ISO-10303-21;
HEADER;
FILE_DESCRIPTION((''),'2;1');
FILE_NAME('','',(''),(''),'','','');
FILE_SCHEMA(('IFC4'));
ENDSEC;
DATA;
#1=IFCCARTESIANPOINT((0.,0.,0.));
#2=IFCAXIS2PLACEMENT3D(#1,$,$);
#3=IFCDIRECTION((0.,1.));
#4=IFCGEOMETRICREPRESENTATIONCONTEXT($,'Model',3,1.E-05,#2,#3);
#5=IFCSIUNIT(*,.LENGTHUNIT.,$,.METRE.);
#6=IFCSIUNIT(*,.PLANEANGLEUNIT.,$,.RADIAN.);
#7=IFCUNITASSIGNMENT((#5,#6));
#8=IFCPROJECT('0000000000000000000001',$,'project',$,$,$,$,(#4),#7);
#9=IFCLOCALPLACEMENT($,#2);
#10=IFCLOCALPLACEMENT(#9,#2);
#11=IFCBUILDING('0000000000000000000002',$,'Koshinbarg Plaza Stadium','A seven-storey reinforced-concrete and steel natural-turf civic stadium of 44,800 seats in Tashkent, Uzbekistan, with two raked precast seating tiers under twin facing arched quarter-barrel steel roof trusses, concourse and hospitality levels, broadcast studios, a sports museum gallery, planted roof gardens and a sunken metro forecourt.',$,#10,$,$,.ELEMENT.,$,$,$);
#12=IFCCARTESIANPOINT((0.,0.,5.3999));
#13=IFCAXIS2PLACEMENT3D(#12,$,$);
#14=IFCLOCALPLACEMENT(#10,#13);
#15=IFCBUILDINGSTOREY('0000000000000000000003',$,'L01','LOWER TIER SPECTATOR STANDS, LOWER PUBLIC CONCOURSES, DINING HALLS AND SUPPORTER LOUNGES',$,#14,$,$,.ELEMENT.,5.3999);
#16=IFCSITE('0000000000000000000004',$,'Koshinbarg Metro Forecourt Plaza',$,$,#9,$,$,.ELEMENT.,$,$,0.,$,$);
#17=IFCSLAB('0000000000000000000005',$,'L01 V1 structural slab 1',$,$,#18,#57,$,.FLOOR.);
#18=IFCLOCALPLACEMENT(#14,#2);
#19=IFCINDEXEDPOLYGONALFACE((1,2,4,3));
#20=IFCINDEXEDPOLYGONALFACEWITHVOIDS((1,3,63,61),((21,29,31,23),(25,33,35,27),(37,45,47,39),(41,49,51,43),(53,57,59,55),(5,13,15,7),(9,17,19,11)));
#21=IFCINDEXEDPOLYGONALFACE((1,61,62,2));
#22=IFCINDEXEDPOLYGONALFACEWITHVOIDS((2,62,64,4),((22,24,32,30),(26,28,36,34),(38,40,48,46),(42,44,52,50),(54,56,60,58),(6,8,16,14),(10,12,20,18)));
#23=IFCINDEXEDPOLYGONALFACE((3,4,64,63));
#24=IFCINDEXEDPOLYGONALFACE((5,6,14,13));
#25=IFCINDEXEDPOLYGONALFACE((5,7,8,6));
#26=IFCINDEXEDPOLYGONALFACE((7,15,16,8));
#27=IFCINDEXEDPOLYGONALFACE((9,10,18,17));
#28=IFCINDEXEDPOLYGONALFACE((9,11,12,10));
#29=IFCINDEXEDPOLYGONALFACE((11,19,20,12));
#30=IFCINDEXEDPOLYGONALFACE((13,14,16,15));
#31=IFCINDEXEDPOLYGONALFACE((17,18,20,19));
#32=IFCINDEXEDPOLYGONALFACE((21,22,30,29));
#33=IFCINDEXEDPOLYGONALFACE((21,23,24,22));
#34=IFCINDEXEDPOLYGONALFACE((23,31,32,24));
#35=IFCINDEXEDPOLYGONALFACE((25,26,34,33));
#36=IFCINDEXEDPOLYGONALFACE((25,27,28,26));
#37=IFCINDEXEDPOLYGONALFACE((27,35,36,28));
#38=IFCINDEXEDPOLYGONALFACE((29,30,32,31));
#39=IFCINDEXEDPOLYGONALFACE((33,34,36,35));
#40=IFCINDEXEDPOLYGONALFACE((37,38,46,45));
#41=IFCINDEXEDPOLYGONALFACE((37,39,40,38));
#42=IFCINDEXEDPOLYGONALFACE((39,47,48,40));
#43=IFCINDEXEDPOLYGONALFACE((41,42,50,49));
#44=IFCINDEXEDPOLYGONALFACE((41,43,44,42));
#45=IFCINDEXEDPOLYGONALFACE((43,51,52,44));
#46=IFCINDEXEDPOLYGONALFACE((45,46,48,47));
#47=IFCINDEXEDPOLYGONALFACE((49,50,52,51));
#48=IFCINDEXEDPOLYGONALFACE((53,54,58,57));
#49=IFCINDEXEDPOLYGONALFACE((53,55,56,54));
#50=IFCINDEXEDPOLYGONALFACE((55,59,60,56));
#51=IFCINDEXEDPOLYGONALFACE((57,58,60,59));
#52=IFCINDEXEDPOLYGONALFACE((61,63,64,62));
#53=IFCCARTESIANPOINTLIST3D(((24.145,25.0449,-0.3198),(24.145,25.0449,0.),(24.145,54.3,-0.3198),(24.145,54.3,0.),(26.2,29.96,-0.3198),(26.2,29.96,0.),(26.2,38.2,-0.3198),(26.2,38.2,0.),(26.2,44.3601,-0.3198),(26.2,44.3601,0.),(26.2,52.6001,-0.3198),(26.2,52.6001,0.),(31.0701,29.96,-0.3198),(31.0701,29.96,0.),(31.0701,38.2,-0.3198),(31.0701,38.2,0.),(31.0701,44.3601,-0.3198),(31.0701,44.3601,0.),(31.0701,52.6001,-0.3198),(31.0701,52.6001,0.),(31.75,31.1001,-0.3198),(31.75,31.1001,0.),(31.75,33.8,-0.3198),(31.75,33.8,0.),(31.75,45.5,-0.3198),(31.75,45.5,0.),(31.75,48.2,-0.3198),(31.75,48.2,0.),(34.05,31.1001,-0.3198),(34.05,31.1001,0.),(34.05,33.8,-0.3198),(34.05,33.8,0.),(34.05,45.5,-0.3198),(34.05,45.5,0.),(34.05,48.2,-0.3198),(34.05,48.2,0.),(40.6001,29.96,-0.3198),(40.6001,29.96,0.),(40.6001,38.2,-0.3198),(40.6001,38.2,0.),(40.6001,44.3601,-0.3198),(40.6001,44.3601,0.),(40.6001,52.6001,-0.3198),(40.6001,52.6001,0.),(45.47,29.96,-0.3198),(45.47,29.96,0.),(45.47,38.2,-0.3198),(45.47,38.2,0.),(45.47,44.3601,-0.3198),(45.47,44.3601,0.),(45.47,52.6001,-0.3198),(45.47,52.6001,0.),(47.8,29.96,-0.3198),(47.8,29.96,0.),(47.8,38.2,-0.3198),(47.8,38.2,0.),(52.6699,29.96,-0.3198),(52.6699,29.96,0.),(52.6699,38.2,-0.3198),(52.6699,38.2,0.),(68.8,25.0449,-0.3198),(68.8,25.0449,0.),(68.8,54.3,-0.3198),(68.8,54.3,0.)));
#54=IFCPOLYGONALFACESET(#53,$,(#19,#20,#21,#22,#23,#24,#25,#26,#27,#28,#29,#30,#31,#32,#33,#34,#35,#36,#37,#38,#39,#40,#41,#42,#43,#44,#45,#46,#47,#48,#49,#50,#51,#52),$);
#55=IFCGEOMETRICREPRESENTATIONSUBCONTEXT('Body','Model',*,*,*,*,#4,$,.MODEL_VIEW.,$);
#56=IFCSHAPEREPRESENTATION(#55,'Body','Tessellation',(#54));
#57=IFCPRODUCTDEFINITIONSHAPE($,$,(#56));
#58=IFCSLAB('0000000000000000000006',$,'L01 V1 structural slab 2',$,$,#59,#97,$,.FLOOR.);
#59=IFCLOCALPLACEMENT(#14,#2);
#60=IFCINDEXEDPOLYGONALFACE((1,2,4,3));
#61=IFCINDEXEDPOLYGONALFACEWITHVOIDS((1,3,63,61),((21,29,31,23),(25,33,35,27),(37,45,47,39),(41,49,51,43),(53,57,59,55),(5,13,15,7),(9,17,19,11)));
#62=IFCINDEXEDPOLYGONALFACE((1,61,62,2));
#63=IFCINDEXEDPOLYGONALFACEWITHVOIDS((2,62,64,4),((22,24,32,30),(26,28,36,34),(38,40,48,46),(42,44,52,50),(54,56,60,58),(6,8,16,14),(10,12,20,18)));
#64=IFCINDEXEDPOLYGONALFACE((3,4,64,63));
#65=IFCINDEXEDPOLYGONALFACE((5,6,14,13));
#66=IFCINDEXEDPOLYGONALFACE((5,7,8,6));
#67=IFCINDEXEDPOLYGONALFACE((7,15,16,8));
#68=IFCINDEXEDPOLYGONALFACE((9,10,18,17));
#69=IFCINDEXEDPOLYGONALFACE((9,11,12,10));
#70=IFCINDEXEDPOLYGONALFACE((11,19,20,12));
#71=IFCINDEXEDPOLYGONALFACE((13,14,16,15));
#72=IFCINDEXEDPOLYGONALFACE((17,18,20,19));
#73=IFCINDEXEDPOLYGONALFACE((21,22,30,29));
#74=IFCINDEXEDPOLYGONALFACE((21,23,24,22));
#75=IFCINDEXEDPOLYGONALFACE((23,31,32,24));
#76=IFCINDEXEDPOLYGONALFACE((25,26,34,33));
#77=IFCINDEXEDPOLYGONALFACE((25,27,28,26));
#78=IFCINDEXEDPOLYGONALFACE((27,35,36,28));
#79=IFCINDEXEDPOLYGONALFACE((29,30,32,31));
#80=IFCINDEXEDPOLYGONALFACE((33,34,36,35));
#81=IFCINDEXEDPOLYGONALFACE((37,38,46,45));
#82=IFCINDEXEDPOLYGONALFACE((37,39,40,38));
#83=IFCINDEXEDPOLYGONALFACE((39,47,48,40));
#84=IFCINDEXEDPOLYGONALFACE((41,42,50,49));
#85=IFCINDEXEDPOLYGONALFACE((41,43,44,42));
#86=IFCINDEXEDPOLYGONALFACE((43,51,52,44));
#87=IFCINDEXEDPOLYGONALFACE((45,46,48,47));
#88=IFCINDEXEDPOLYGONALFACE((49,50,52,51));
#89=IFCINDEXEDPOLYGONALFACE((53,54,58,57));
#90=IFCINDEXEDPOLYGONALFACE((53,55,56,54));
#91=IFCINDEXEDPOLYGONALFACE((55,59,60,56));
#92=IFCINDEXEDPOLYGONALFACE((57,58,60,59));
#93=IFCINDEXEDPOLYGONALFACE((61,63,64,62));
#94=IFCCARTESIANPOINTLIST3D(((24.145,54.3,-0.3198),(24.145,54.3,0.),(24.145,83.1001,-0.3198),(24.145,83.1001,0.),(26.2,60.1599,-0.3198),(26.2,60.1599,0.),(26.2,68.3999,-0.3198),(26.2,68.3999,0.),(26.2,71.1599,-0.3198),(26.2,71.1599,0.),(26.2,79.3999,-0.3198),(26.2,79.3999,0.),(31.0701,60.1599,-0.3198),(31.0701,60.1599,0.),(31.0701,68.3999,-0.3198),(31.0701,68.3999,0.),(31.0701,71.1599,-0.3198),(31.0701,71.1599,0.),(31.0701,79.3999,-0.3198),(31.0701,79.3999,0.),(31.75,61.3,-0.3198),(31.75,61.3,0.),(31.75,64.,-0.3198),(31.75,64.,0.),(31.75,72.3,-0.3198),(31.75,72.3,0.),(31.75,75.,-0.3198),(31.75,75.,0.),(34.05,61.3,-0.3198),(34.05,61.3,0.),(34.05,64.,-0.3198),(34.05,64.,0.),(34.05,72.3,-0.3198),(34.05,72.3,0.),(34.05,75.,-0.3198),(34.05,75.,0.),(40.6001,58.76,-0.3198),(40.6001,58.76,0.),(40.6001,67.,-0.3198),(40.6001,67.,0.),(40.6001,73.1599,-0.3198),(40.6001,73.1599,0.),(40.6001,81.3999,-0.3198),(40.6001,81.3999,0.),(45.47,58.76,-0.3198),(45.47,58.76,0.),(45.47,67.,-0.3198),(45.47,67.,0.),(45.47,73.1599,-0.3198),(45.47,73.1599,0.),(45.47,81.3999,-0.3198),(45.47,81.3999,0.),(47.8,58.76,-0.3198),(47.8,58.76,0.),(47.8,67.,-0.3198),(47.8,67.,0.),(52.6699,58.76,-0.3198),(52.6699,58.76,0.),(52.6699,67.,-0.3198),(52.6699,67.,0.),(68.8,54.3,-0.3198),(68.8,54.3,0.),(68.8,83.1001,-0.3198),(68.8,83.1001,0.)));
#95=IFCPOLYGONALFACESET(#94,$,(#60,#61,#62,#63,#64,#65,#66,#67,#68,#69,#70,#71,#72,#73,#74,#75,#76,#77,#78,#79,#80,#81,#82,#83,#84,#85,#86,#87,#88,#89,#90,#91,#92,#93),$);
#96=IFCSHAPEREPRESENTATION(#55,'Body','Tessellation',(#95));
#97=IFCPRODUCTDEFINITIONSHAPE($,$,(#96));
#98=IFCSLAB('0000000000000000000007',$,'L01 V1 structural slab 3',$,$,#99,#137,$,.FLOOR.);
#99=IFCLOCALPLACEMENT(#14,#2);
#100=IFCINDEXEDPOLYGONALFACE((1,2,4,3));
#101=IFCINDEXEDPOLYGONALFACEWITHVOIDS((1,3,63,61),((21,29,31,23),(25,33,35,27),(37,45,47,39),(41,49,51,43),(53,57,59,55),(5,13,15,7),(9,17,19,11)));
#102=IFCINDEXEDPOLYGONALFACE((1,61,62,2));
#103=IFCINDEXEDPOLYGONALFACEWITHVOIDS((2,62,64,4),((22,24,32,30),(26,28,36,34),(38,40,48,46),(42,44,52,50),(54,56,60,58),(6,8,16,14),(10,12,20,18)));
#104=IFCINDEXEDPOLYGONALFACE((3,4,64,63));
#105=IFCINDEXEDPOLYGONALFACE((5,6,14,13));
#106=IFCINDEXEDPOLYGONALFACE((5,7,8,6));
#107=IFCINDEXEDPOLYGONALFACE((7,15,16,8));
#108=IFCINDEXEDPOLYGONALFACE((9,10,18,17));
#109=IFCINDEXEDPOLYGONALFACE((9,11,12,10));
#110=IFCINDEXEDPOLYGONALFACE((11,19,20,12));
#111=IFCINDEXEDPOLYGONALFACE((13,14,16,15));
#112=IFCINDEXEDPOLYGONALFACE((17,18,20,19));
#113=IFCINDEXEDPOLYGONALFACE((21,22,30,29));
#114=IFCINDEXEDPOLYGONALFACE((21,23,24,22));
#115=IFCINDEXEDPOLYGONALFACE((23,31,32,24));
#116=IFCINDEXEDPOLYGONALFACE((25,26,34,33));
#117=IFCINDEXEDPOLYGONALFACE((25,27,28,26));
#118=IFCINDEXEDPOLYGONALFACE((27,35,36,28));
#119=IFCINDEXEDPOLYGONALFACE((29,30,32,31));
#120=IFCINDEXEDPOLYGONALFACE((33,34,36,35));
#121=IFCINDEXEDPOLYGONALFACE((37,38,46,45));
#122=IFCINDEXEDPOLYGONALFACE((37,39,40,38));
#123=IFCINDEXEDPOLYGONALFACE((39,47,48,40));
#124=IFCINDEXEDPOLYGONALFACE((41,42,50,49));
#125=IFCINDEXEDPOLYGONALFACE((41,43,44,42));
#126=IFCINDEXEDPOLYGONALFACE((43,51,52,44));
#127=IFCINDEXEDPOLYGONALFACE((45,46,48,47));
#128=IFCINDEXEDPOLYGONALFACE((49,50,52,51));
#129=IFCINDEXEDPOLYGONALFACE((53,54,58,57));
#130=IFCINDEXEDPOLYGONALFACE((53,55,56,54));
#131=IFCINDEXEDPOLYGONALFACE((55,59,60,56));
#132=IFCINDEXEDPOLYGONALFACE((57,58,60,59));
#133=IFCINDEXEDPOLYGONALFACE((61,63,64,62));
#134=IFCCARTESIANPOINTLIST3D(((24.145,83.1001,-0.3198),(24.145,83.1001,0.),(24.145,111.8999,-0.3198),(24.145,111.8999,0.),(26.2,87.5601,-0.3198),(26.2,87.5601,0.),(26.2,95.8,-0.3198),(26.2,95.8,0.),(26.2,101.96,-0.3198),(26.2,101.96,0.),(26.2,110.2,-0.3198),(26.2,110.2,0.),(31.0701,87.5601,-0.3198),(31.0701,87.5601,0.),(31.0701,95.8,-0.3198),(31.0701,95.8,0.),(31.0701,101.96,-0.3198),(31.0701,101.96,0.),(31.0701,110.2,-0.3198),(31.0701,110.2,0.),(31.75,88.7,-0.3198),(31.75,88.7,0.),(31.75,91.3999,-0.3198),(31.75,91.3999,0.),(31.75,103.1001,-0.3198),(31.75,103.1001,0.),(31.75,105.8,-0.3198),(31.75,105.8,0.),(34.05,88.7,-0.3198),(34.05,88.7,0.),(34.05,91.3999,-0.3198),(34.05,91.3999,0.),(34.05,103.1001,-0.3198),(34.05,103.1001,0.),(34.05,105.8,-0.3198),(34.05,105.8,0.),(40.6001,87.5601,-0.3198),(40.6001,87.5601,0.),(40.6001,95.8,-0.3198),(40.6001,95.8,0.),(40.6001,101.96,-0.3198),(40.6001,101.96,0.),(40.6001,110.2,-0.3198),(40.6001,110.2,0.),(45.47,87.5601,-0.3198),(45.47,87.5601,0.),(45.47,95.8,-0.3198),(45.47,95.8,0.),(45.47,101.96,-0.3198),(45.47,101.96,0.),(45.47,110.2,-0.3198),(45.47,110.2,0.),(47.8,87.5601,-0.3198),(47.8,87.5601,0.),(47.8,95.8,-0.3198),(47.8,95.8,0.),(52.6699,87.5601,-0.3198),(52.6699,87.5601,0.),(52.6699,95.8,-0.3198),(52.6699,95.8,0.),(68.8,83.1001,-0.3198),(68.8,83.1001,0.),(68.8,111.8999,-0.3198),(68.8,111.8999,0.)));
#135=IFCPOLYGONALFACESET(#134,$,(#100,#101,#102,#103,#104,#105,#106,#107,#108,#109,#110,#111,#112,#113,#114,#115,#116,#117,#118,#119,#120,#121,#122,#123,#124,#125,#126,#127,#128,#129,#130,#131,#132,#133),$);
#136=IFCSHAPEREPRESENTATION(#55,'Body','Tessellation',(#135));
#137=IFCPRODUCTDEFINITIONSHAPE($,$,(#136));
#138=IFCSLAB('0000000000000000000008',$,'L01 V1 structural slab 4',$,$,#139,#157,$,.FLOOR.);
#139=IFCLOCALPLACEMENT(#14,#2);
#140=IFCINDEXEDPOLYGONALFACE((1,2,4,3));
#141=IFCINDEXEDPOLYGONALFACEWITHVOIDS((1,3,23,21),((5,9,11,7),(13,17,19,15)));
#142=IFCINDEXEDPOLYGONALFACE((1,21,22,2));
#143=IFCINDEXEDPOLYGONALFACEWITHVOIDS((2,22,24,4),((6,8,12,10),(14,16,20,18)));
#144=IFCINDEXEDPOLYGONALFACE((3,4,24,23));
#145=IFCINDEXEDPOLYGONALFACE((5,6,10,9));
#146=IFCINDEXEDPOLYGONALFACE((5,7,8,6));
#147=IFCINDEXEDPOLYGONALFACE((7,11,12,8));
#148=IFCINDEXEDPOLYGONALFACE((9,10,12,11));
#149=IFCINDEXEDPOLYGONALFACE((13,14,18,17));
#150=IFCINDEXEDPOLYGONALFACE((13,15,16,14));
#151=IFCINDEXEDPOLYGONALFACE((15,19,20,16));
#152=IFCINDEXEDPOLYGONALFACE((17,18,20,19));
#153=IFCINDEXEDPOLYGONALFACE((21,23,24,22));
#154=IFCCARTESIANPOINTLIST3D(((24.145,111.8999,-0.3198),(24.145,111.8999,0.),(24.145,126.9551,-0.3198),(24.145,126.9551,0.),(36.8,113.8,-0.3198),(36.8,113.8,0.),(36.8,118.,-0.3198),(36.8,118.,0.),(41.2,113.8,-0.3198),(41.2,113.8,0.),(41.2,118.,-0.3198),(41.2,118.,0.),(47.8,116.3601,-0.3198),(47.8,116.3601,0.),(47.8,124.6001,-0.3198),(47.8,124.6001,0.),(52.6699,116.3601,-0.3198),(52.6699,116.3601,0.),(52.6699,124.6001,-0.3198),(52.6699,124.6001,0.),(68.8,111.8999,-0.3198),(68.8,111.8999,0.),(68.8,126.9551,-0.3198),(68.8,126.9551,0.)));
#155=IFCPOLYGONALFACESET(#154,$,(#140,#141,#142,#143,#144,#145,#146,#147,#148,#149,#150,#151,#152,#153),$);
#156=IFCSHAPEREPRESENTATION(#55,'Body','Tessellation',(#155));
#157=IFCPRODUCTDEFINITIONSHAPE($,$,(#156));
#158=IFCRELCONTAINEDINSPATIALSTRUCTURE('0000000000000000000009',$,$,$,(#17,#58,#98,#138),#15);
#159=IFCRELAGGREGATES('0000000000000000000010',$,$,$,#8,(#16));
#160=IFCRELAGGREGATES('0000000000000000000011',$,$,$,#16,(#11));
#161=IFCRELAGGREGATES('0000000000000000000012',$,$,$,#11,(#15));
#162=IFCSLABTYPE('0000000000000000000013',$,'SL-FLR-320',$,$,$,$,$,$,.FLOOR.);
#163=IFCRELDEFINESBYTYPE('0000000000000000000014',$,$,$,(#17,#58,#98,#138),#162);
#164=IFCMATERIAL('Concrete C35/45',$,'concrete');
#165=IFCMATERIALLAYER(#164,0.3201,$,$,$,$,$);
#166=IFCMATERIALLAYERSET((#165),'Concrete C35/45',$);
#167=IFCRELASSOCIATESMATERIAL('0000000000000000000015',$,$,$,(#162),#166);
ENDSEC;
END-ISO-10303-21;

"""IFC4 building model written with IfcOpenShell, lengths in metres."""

from ifc_helpers import new_model, si_unit, direction, frame, origin, place, context, subcontext, project, spatial, polyline, outline, extrude, material, layer, layer_set, type_object, element, save


model = new_model("IFC4")

# Units and contexts
model_context = context("Model", 3, precision=1e-05, world=origin(), true_north=direction((0.0, 1.0)))
body_context = subcontext(model_context, "Body", "Model", "MODEL_VIEW")
ifc_project = project(units=[si_unit("LENGTHUNIT", "METRE"), si_unit("PLANEANGLEUNIT", "RADIAN")], contexts=[model_context])

# Site, building, storey
site_placement = place(None, origin())
site = spatial("IfcSite", under=ifc_project, at=site_placement, Name="Koshinbarg Metro Forecourt Plaza", CompositionType="ELEMENT", RefElevation=0.0)
building_placement = place(site_placement, origin())
building = spatial("IfcBuilding", under=site, at=building_placement, Name="Koshinbarg Plaza Stadium", Description="A seven-storey reinforced-concrete and steel natural-turf civic stadium of 44,800 seats in Tashkent, Uzbekistan, with two raked precast seating tiers under twin facing arched quarter-barrel steel roof trusses, concourse and hospitality levels, broadcast studios, a sports museum gallery, planted roof gardens and a sunken metro forecourt.", CompositionType="ELEMENT")
storey_placement = place(building_placement, frame((0.0, 0.0, 5.3999)))
storey = spatial("IfcBuildingStorey", under=building, at=storey_placement, Name="L01", Description="LOWER TIER SPECTATOR STANDS, LOWER PUBLIC CONCOURSES, DINING HALLS AND SUPPORTER LOUNGES", CompositionType="ELEMENT", Elevation=5.3999)

# Slabs
ifc_material_1 = material(Name="Concrete C35/45", Category="concrete")
ifc_layer_1 = layer(ifc_material_1, 0.3201)
ifc_layer_set_1 = layer_set([ifc_layer_1], Name="Concrete C35/45")
slab_type_1 = type_object("IfcSlabType", Name="SL-FLR-320", PredefinedType="FLOOR", material=ifc_layer_set_1)
slab_1_placement = place(storey_placement, frame((0.0, 0.0, -0.3198)))
element("IfcSlab", 1, at=slab_1_placement, inside=storey, type_object=slab_type_1, Name="L01 V1 structural slab 1", PredefinedType="FLOOR", context=body_context, shape_type="SweptSolid", body=[
    extrude(outline(polyline([(24.145, 25.0449), (68.8, 25.0449), (68.8, 54.3), (24.145, 54.3), (24.145, 25.0449)]), holes=[polyline([(31.0701, 29.96), (31.0701, 38.2), (26.2, 38.2), (26.2, 29.96), (31.0701, 29.96)]), polyline([(31.75, 31.1001), (34.05, 31.1001), (34.05, 33.8), (31.75, 33.8), (31.75, 31.1001)]), polyline([(31.0701, 44.3601), (31.0701, 52.6001), (26.2, 52.6001), (26.2, 44.3601), (31.0701, 44.3601)]), polyline([(31.75, 45.5), (34.05, 45.5), (34.05, 48.2), (31.75, 48.2), (31.75, 45.5)]), polyline([(45.47, 29.96), (45.47, 38.2), (40.6001, 38.2), (40.6001, 29.96), (45.47, 29.96)]), polyline([(45.47, 44.3601), (45.47, 52.6001), (40.6001, 52.6001), (40.6001, 44.3601), (45.47, 44.3601)]), polyline([(52.6699, 29.96), (52.6699, 38.2), (47.8, 38.2), (47.8, 29.96), (52.6699, 29.96)])]), origin(), (0.0, 0.0, 1.0), 0.3198),
])
slab_2_placement = place(storey_placement, frame((0.0, 0.0, -0.3198)))
element("IfcSlab", 2, at=slab_2_placement, inside=storey, type_object=slab_type_1, Name="L01 V1 structural slab 2", PredefinedType="FLOOR", context=body_context, shape_type="SweptSolid", body=[
    extrude(outline(polyline([(24.145, 54.3), (68.8, 54.3), (68.8, 83.1001), (24.145, 83.1001), (24.145, 54.3)]), holes=[polyline([(31.0701, 60.1599), (31.0701, 68.3999), (26.2, 68.3999), (26.2, 60.1599), (31.0701, 60.1599)]), polyline([(31.75, 61.3), (34.05, 61.3), (34.05, 64.0), (31.75, 64.0), (31.75, 61.3)]), polyline([(31.0701, 71.1599), (31.0701, 79.3999), (26.2, 79.3999), (26.2, 71.1599), (31.0701, 71.1599)]), polyline([(31.75, 72.3), (34.05, 72.3), (34.05, 75.0), (31.75, 75.0), (31.75, 72.3)]), polyline([(45.47, 58.76), (45.47, 67.0), (40.6001, 67.0), (40.6001, 58.76), (45.47, 58.76)]), polyline([(45.47, 73.1599), (45.47, 81.3999), (40.6001, 81.3999), (40.6001, 73.1599), (45.47, 73.1599)]), polyline([(52.6699, 58.76), (52.6699, 67.0), (47.8, 67.0), (47.8, 58.76), (52.6699, 58.76)])]), origin(), (0.0, 0.0, 1.0), 0.3198),
])
slab_3_placement = place(storey_placement, frame((0.0, 0.0, -0.3198)))
element("IfcSlab", 3, at=slab_3_placement, inside=storey, type_object=slab_type_1, Name="L01 V1 structural slab 3", PredefinedType="FLOOR", context=body_context, shape_type="SweptSolid", body=[
    extrude(outline(polyline([(24.145, 83.1001), (68.8, 83.1001), (68.8, 111.8999), (24.145, 111.8999), (24.145, 83.1001)]), holes=[polyline([(31.0701, 87.5601), (31.0701, 95.8), (26.2, 95.8), (26.2, 87.5601), (31.0701, 87.5601)]), polyline([(31.75, 88.7), (34.05, 88.7), (34.05, 91.3999), (31.75, 91.3999), (31.75, 88.7)]), polyline([(31.0701, 101.96), (31.0701, 110.2), (26.2, 110.2), (26.2, 101.96), (31.0701, 101.96)]), polyline([(31.75, 103.1001), (34.05, 103.1001), (34.05, 105.8), (31.75, 105.8), (31.75, 103.1001)]), polyline([(45.47, 87.5601), (45.47, 95.8), (40.6001, 95.8), (40.6001, 87.5601), (45.47, 87.5601)]), polyline([(45.47, 101.96), (45.47, 110.2), (40.6001, 110.2), (40.6001, 101.96), (45.47, 101.96)]), polyline([(52.6699, 87.5601), (52.6699, 95.8), (47.8, 95.8), (47.8, 87.5601), (52.6699, 87.5601)])]), origin(), (0.0, 0.0, 1.0), 0.3198),
])
slab_4_placement = place(storey_placement, frame((0.0, 0.0, -0.3198)))
element("IfcSlab", 4, at=slab_4_placement, inside=storey, type_object=slab_type_1, Name="L01 V1 structural slab 4", PredefinedType="FLOOR", context=body_context, shape_type="SweptSolid", body=[
    extrude(outline(polyline([(24.145, 111.8999), (68.8, 111.8999), (68.8, 126.9551), (24.145, 126.9551), (24.145, 111.8999)]), holes=[polyline([(52.6699, 116.3601), (52.6699, 124.6001), (47.8, 124.6001), (47.8, 116.3601), (52.6699, 116.3601)]), polyline([(36.8, 113.8), (41.2, 113.8), (41.2, 118.0), (36.8, 118.0), (36.8, 113.8)])]), origin(), (0.0, 0.0, 1.0), 0.3198),
])

save(model, "model.ifc")
